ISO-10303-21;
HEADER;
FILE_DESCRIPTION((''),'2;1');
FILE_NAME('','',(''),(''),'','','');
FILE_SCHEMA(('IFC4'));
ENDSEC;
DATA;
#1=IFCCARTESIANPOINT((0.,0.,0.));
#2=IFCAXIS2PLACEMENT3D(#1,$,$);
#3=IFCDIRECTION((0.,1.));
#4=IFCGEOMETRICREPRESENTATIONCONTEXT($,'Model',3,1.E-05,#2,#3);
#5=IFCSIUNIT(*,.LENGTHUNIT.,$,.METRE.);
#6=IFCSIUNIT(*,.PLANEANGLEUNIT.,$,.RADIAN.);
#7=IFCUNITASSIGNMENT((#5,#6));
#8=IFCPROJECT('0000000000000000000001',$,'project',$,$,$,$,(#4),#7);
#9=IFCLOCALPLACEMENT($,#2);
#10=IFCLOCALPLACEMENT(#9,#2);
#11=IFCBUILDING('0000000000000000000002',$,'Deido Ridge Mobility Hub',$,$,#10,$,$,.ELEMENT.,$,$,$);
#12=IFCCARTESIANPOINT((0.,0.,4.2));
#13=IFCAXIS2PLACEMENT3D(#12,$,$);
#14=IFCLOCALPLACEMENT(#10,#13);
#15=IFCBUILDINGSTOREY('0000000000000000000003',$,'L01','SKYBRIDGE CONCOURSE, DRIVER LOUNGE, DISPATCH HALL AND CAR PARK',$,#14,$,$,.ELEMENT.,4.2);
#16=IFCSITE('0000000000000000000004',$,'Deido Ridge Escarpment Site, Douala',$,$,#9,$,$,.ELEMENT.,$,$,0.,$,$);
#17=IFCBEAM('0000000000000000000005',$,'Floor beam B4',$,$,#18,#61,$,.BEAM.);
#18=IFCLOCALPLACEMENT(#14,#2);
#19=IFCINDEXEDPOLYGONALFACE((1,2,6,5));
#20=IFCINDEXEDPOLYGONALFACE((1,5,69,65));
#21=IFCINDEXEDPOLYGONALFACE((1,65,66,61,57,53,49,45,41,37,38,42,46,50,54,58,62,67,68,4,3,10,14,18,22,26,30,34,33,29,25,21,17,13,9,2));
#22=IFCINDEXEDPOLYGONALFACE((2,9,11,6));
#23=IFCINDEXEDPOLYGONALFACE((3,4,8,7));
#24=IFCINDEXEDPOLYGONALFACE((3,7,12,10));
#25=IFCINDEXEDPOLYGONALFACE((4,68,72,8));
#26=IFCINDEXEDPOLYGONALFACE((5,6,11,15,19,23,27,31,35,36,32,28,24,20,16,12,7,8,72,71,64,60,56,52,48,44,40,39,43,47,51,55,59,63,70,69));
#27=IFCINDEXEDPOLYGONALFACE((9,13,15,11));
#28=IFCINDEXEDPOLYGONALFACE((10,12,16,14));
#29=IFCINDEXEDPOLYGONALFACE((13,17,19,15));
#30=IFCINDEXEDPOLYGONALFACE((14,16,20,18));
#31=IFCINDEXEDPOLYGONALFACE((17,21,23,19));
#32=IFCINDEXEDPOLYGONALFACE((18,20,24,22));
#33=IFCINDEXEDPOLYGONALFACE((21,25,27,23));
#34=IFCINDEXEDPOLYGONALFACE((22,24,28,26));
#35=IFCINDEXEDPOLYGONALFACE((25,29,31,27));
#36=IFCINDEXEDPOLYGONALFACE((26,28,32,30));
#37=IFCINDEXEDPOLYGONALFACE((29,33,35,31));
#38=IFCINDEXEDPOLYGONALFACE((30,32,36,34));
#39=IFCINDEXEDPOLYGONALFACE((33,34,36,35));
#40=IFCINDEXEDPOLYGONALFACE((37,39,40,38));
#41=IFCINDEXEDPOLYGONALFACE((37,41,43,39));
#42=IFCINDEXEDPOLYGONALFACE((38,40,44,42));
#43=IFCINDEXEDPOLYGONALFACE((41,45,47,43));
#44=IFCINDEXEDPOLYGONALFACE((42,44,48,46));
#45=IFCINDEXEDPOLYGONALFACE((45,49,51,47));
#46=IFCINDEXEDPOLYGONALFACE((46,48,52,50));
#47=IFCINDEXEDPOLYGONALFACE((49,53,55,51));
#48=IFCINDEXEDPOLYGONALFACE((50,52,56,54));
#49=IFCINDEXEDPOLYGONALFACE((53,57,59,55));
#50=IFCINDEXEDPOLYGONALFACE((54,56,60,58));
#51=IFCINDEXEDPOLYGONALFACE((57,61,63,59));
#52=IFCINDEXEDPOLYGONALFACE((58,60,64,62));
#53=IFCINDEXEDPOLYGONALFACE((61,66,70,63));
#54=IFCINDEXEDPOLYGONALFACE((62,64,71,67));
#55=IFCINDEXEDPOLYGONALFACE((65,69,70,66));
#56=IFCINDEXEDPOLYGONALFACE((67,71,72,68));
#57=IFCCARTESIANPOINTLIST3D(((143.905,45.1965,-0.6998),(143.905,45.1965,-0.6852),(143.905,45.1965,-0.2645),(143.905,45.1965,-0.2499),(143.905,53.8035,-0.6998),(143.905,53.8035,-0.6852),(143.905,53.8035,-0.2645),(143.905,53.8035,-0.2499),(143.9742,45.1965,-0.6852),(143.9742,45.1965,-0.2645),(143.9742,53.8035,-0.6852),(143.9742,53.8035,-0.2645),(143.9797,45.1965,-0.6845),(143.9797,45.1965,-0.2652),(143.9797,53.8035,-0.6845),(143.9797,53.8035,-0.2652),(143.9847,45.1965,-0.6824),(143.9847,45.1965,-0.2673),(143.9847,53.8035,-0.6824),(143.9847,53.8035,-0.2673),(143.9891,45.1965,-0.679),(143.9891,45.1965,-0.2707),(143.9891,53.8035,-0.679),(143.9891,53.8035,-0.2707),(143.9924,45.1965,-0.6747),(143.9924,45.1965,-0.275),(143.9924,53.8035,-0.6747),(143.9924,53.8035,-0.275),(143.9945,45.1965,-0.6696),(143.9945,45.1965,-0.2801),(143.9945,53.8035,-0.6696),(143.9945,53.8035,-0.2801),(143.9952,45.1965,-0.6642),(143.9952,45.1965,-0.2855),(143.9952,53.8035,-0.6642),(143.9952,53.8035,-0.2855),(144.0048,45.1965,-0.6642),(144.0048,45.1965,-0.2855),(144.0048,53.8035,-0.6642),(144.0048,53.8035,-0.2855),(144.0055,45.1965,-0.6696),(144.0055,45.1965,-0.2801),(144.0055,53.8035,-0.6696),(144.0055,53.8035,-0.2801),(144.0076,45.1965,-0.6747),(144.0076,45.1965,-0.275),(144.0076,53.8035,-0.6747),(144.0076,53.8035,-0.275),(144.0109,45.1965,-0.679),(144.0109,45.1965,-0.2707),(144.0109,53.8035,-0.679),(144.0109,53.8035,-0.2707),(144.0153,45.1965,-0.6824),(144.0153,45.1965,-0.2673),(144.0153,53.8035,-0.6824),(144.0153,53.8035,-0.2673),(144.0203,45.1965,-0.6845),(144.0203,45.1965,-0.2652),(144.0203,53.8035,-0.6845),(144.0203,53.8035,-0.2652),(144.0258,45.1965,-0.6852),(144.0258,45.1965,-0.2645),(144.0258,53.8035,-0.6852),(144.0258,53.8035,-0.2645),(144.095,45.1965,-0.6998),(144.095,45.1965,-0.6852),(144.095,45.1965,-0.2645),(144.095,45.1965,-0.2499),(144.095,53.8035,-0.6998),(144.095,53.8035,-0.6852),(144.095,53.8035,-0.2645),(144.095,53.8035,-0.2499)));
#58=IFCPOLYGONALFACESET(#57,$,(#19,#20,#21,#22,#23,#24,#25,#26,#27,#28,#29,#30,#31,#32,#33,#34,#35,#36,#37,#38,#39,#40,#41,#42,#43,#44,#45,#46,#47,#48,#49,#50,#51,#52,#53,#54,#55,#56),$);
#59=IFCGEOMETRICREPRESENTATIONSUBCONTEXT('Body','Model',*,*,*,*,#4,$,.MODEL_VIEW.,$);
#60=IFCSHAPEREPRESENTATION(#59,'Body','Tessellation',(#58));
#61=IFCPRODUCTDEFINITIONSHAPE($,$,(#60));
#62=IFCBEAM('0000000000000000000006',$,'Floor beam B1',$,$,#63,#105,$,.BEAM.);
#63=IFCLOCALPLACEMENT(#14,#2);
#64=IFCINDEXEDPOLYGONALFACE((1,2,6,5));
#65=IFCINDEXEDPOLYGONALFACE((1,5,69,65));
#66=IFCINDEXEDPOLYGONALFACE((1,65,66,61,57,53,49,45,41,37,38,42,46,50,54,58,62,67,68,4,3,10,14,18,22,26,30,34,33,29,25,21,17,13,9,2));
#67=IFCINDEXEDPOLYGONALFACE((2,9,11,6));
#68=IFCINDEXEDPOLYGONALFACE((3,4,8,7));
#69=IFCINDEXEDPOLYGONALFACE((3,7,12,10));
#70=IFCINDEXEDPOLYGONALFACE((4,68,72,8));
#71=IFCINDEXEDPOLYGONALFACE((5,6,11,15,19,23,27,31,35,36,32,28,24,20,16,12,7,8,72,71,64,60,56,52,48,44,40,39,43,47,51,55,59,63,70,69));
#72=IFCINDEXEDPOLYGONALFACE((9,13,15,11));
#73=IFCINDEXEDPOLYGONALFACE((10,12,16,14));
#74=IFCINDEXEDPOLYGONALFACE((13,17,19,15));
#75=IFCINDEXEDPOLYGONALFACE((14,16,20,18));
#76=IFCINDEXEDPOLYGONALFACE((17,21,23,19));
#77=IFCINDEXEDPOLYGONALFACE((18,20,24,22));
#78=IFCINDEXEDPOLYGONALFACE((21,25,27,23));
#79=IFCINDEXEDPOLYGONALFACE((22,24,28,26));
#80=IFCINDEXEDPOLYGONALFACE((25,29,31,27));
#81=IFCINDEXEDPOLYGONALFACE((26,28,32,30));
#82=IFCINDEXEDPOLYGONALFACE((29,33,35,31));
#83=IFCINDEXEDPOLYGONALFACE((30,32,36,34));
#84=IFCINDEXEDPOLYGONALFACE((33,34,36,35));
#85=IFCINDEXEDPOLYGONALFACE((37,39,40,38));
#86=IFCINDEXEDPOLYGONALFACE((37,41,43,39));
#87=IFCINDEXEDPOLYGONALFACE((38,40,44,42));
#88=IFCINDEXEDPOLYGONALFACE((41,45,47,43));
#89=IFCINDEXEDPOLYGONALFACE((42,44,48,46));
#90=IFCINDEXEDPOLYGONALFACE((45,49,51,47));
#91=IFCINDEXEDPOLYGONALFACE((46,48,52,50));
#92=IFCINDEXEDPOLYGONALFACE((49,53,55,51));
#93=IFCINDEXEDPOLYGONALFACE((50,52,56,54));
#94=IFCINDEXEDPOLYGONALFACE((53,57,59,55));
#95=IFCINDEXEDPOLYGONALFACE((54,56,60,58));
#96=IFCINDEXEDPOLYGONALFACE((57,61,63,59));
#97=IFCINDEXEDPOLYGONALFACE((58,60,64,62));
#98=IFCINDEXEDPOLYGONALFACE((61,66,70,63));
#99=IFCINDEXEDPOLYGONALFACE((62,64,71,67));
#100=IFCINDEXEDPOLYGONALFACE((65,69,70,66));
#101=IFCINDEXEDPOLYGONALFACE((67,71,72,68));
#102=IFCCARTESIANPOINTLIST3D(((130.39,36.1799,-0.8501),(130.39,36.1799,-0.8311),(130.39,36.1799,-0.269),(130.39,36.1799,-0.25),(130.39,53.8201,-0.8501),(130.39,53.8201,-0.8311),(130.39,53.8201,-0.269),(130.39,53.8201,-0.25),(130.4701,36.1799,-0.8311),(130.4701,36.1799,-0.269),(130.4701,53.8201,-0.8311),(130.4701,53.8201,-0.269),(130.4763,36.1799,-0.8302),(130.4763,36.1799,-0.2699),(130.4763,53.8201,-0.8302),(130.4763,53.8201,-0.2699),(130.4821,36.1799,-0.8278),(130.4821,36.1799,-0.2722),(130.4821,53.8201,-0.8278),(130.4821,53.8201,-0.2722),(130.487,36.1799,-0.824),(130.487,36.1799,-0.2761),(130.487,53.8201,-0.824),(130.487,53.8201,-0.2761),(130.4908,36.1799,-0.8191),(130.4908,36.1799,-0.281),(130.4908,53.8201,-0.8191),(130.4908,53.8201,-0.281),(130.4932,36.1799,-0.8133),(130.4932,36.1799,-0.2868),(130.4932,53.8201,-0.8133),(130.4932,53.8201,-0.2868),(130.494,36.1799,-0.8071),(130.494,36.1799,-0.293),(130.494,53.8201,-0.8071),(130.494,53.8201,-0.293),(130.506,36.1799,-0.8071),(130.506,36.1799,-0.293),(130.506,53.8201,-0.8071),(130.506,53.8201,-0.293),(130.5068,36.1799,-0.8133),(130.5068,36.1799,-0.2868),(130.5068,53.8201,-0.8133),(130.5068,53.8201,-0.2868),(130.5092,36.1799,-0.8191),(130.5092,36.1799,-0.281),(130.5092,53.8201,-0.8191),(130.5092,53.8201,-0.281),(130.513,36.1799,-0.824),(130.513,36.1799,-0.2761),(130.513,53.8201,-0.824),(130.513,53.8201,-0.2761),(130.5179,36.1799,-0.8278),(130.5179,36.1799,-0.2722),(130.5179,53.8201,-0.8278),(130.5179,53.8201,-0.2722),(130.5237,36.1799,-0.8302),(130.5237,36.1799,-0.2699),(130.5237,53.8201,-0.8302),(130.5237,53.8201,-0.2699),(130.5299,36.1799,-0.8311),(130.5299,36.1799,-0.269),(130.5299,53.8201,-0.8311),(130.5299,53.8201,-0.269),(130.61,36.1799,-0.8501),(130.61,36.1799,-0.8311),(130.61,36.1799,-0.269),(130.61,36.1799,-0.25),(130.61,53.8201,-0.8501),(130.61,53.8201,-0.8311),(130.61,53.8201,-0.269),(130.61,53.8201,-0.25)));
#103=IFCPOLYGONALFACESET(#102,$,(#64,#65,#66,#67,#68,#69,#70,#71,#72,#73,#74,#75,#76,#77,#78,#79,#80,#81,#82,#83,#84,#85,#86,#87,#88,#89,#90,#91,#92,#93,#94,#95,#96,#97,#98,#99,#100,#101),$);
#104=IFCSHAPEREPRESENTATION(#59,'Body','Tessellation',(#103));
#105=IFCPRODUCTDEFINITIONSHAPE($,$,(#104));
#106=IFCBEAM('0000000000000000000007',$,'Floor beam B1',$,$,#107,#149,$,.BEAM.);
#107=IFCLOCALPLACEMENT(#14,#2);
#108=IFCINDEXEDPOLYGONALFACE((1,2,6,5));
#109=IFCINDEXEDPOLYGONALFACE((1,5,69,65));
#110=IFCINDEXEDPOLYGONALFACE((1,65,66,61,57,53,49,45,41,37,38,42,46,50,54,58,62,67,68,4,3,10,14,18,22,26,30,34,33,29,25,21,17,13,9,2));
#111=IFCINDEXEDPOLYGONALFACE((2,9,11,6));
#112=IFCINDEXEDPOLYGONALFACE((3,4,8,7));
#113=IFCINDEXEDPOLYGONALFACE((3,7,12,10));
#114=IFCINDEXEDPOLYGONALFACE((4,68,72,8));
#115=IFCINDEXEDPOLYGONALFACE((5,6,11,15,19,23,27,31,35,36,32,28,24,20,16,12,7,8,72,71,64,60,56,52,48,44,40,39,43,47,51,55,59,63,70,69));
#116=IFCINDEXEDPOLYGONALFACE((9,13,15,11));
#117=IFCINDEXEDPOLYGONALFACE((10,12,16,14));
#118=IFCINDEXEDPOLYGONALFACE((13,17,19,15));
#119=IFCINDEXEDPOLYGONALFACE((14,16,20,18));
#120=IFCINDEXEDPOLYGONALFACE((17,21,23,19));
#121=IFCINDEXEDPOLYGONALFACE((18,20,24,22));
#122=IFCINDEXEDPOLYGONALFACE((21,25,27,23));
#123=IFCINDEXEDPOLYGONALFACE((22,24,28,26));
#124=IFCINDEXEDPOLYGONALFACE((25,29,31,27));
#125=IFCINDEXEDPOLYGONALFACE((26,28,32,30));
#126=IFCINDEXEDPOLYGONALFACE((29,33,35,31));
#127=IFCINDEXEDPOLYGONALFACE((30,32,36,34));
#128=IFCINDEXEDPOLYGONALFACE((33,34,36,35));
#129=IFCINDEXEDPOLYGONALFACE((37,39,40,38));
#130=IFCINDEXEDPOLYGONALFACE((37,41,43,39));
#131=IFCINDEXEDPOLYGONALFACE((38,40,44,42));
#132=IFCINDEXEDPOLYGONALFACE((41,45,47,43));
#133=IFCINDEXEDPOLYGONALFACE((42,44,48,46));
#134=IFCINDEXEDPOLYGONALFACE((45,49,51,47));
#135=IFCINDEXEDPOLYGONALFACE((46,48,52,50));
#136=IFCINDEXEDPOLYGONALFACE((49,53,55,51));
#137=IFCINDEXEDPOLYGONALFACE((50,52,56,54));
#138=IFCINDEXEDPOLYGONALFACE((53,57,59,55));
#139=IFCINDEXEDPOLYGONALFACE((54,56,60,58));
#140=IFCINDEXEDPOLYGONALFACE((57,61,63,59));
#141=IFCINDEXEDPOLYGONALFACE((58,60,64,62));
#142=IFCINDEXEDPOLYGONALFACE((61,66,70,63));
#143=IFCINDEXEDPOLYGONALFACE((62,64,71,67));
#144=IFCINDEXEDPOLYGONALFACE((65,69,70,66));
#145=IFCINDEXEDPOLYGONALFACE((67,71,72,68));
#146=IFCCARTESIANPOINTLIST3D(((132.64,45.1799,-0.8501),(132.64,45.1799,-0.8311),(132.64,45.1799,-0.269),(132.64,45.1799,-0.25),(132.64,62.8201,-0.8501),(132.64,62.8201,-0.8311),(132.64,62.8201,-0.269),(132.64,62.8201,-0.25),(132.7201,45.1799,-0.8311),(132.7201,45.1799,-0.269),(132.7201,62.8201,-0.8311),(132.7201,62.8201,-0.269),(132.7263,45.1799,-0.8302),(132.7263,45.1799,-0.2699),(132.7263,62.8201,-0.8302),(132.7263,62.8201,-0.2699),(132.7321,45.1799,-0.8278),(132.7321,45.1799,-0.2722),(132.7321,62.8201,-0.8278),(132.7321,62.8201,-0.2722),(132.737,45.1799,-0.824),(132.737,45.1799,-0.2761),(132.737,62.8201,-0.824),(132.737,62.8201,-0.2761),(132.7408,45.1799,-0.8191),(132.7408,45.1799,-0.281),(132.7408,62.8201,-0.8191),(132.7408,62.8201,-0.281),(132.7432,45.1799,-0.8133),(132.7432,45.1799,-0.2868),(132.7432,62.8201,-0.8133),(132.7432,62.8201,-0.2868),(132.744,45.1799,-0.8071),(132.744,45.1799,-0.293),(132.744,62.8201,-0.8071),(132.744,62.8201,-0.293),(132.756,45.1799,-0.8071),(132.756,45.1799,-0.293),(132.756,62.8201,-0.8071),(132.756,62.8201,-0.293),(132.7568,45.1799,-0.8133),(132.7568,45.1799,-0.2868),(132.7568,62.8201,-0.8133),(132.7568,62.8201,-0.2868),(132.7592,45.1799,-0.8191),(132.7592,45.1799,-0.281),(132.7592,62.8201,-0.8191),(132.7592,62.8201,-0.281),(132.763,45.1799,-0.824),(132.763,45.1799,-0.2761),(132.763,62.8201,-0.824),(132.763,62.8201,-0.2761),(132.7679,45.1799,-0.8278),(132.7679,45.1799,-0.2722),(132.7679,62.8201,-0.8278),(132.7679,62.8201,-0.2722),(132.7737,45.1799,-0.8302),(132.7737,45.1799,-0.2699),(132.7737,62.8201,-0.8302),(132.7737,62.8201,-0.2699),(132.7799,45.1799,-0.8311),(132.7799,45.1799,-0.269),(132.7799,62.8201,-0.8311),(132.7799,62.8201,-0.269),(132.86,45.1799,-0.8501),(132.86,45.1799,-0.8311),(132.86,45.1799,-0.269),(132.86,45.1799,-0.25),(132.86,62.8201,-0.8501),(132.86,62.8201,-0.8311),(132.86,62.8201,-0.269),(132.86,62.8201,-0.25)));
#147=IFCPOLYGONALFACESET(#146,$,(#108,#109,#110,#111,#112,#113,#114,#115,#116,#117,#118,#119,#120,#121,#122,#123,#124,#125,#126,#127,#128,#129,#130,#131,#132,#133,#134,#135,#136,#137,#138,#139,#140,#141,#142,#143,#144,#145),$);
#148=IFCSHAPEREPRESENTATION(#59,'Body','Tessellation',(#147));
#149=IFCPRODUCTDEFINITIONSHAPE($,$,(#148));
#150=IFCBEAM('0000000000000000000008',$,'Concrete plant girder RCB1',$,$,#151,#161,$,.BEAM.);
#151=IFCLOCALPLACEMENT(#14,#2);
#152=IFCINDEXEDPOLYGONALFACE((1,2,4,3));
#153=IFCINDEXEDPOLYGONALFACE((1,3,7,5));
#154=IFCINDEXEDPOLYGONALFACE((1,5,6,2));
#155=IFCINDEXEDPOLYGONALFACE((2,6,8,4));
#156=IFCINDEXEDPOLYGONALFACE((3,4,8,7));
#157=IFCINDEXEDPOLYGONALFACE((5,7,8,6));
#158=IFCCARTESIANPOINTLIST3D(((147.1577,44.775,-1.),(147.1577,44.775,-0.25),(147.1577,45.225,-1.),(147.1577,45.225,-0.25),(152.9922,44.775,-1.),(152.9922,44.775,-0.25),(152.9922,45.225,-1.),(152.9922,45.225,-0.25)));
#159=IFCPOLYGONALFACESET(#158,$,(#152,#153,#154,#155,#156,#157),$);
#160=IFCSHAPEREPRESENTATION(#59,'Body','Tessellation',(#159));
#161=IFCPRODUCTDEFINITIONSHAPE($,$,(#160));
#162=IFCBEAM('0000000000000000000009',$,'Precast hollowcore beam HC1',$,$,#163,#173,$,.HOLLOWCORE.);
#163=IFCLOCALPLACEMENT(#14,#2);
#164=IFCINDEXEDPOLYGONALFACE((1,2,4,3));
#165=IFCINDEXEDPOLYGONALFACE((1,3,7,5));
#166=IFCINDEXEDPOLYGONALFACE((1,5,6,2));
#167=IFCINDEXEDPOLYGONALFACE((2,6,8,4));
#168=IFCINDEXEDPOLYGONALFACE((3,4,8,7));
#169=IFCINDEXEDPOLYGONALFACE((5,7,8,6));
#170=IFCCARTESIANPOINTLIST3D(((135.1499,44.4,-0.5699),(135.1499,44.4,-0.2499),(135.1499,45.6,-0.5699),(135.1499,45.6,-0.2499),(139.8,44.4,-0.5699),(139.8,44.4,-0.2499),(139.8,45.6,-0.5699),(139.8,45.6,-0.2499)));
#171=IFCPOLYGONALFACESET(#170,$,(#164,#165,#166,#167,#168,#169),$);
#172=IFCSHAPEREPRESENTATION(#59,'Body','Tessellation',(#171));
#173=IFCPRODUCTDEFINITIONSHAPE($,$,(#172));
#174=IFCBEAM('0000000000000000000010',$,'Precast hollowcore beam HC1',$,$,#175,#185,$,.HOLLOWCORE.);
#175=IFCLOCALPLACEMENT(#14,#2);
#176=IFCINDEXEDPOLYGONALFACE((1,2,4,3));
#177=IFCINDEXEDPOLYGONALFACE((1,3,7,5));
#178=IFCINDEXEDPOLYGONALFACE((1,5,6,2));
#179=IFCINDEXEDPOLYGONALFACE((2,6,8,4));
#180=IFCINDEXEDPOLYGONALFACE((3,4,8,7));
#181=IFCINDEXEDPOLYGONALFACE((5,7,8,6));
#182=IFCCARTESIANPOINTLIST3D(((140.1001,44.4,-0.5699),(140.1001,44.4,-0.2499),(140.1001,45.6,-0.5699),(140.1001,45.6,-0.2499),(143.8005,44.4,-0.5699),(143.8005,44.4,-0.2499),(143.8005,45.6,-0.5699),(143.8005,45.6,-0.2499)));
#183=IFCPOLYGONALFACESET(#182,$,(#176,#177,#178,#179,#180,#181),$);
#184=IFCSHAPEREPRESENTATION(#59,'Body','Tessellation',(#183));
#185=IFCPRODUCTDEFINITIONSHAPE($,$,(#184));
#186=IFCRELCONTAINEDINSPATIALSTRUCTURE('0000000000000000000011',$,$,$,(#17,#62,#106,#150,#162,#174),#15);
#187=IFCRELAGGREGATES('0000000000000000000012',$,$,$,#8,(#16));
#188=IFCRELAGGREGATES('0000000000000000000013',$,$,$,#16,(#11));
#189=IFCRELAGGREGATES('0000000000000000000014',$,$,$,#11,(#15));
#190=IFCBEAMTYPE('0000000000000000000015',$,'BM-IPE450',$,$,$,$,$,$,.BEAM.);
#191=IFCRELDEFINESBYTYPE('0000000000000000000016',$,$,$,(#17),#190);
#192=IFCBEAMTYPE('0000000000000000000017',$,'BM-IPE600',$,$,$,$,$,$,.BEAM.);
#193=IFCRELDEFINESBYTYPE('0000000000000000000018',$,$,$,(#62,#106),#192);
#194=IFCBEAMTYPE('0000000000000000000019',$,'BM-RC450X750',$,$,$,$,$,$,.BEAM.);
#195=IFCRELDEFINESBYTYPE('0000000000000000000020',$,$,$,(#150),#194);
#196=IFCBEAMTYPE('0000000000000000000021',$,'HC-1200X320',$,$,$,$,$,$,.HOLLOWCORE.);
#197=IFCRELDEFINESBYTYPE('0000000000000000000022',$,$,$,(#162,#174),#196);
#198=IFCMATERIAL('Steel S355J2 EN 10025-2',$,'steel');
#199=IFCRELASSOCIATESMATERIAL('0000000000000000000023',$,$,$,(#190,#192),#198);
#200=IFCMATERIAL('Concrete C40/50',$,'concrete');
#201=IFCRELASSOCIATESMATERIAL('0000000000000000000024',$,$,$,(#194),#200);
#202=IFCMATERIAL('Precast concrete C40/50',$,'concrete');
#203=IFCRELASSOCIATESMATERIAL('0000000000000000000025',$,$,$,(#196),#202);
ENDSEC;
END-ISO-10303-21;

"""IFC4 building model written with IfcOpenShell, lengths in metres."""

from ifc_helpers import new_model, si_unit, direction, frame, origin, origin_2d, place, context, subcontext, project, spatial, rectangle, i_section, extrude, material, material_profile, profile_set, type_object, element, save


model = new_model("IFC4")

# Units and contexts
model_context = context("Model", 3, precision=1e-05, world=origin(), true_north=direction((0.0, 1.0)))
body_context = subcontext(model_context, "Body", "Model", "MODEL_VIEW")
ifc_project = project(units=[si_unit("LENGTHUNIT", "METRE"), si_unit("PLANEANGLEUNIT", "RADIAN")], contexts=[model_context])

# Site, building, storey
site_placement = place(None, origin())
site = spatial("IfcSite", under=ifc_project, at=site_placement, Name="Deido Ridge Escarpment Site, Douala", CompositionType="ELEMENT", RefElevation=0.0)
building_placement = place(site_placement, origin())
building = spatial("IfcBuilding", under=site, at=building_placement, Name="Deido Ridge Mobility Hub", CompositionType="ELEMENT")
storey_placement = place(building_placement, frame((0.0, 0.0, 4.2)))
storey = spatial("IfcBuildingStorey", under=building, at=storey_placement, Name="L01", Description="SKYBRIDGE CONCOURSE, DRIVER LOUNGE, DISPATCH HALL AND CAR PARK", CompositionType="ELEMENT", Elevation=4.2)

# Shared definitions
ifc_material_1 = material(Name="Steel S355J2 EN 10025-2", Category="steel")

# Beams
ifc_material_profile_1 = material_profile(ifc_material_1, i_section(OverallWidth=0.1899, OverallDepth=0.45, WebThickness=0.0095, FlangeThickness=0.0146, FilletRadius=0.021, at=origin_2d()), Name="IPE 450")
ifc_profile_set_1 = profile_set([ifc_material_profile_1], Name="Steel S355J2 EN 10025-2")
beam_type_1 = type_object("IfcBeamType", Name="BM-IPE450", PredefinedType="BEAM", material=ifc_profile_set_1)
for number, where, z_axis, x_axis, name in (
    (1, (144.0, 45.1965, -0.4749), (0.0, 1.0, 0.0), (-1.0, 0.0, 0.0), "Floor beam B4"),
):
    element("IfcBeam", number, at=place(storey_placement, frame(where, z_axis=z_axis, x_axis=x_axis)), inside=storey, type_object=beam_type_1, Name=name, PredefinedType="BEAM", context=body_context, shape_type="SweptSolid", body=[
        extrude(i_section(OverallWidth=0.1899, OverallDepth=0.45, WebThickness=0.0095, FlangeThickness=0.0146, FilletRadius=0.021, at=origin_2d()), origin(), (0.0, 0.0, 1.0), 8.6069),
    ])
ifc_material_profile_2 = material_profile(ifc_material_1, i_section(OverallWidth=0.22, OverallDepth=0.6001, WebThickness=0.012, FlangeThickness=0.019, FilletRadius=0.0239, at=origin_2d()), Name="IPE 600")
ifc_profile_set_2 = profile_set([ifc_material_profile_2], Name="Steel S355J2 EN 10025-2")
beam_type_2 = type_object("IfcBeamType", Name="BM-IPE600", PredefinedType="BEAM", material=ifc_profile_set_2)
for number, where, z_axis, x_axis, name in (
    (2, (130.5, 36.1799, -0.55), (0.0, 1.0, 0.0), (-1.0, 0.0, 0.0), "Floor beam B1"),
    (3, (132.75, 45.1799, -0.55), (0.0, 1.0, 0.0), (-1.0, 0.0, 0.0), "Floor beam B1"),
):
    element("IfcBeam", number, at=place(storey_placement, frame(where, z_axis=z_axis, x_axis=x_axis)), inside=storey, type_object=beam_type_2, Name=name, PredefinedType="BEAM", context=body_context, shape_type="SweptSolid", body=[
        extrude(i_section(OverallWidth=0.22, OverallDepth=0.6001, WebThickness=0.012, FlangeThickness=0.019, FilletRadius=0.0239, at=origin_2d()), origin(), (0.0, 0.0, 1.0), 17.6401),
    ])
ifc_material_2 = material(Name="Concrete C40/50", Category="concrete")
ifc_material_profile_3 = material_profile(ifc_material_2, rectangle(XDim=0.45, YDim=0.75, at=origin_2d()), Name="RC BEAM 450x750")
ifc_profile_set_3 = profile_set([ifc_material_profile_3], Name="Concrete C40/50")
beam_type_3 = type_object("IfcBeamType", Name="BM-RC450X750", PredefinedType="BEAM", material=ifc_profile_set_3)
beam_1_placement = place(storey_placement, frame((147.1577, 45.0, -0.625), z_axis=(1.0, 0.0, 0.0), x_axis=(0.0, 1.0, 0.0)))
element("IfcBeam", 4, at=beam_1_placement, inside=storey, type_object=beam_type_3, Name="Concrete plant girder RCB1", PredefinedType="BEAM", context=body_context, shape_type="SweptSolid", body=[
    extrude(rectangle(XDim=0.45, YDim=0.75, at=origin_2d()), origin(), (0.0, 0.0, 1.0), 5.8345),
])
ifc_material_3 = material(Name="Precast concrete C40/50", Category="concrete")
ifc_material_profile_4 = material_profile(ifc_material_3, rectangle(XDim=1.2, YDim=0.3201, at=origin_2d()), Name="RC HC 1200x320")
ifc_profile_set_4 = profile_set([ifc_material_profile_4], Name="Precast concrete C40/50")
beam_type_4 = type_object("IfcBeamType", Name="HC-1200X320", PredefinedType="HOLLOWCORE", material=ifc_profile_set_4)
beam_2_placement = place(storey_placement, frame((135.1499, 45.0, -0.4099), z_axis=(1.0, 0.0, 0.0), x_axis=(0.0, 1.0, 0.0)))
element("IfcBeam", 5, at=beam_2_placement, inside=storey, type_object=beam_type_4, Name="Precast hollowcore beam HC1", PredefinedType="HOLLOWCORE", context=body_context, shape_type="SweptSolid", body=[
    extrude(rectangle(XDim=1.2, YDim=0.3201, at=origin_2d()), origin(), (0.0, 0.0, 1.0), 4.6501),
])
beam_3_placement = place(storey_placement, frame((140.1001, 45.0, -0.4099), z_axis=(1.0, 0.0, 0.0), x_axis=(0.0, 1.0, 0.0)))
element("IfcBeam", 6, at=beam_3_placement, inside=storey, type_object=beam_type_4, Name="Precast hollowcore beam HC1", PredefinedType="HOLLOWCORE", context=body_context, shape_type="SweptSolid", body=[
    extrude(rectangle(XDim=1.2, YDim=0.3201, at=origin_2d()), origin(), (0.0, 0.0, 1.0), 3.7004),
])

save(model, "model.ifc")
